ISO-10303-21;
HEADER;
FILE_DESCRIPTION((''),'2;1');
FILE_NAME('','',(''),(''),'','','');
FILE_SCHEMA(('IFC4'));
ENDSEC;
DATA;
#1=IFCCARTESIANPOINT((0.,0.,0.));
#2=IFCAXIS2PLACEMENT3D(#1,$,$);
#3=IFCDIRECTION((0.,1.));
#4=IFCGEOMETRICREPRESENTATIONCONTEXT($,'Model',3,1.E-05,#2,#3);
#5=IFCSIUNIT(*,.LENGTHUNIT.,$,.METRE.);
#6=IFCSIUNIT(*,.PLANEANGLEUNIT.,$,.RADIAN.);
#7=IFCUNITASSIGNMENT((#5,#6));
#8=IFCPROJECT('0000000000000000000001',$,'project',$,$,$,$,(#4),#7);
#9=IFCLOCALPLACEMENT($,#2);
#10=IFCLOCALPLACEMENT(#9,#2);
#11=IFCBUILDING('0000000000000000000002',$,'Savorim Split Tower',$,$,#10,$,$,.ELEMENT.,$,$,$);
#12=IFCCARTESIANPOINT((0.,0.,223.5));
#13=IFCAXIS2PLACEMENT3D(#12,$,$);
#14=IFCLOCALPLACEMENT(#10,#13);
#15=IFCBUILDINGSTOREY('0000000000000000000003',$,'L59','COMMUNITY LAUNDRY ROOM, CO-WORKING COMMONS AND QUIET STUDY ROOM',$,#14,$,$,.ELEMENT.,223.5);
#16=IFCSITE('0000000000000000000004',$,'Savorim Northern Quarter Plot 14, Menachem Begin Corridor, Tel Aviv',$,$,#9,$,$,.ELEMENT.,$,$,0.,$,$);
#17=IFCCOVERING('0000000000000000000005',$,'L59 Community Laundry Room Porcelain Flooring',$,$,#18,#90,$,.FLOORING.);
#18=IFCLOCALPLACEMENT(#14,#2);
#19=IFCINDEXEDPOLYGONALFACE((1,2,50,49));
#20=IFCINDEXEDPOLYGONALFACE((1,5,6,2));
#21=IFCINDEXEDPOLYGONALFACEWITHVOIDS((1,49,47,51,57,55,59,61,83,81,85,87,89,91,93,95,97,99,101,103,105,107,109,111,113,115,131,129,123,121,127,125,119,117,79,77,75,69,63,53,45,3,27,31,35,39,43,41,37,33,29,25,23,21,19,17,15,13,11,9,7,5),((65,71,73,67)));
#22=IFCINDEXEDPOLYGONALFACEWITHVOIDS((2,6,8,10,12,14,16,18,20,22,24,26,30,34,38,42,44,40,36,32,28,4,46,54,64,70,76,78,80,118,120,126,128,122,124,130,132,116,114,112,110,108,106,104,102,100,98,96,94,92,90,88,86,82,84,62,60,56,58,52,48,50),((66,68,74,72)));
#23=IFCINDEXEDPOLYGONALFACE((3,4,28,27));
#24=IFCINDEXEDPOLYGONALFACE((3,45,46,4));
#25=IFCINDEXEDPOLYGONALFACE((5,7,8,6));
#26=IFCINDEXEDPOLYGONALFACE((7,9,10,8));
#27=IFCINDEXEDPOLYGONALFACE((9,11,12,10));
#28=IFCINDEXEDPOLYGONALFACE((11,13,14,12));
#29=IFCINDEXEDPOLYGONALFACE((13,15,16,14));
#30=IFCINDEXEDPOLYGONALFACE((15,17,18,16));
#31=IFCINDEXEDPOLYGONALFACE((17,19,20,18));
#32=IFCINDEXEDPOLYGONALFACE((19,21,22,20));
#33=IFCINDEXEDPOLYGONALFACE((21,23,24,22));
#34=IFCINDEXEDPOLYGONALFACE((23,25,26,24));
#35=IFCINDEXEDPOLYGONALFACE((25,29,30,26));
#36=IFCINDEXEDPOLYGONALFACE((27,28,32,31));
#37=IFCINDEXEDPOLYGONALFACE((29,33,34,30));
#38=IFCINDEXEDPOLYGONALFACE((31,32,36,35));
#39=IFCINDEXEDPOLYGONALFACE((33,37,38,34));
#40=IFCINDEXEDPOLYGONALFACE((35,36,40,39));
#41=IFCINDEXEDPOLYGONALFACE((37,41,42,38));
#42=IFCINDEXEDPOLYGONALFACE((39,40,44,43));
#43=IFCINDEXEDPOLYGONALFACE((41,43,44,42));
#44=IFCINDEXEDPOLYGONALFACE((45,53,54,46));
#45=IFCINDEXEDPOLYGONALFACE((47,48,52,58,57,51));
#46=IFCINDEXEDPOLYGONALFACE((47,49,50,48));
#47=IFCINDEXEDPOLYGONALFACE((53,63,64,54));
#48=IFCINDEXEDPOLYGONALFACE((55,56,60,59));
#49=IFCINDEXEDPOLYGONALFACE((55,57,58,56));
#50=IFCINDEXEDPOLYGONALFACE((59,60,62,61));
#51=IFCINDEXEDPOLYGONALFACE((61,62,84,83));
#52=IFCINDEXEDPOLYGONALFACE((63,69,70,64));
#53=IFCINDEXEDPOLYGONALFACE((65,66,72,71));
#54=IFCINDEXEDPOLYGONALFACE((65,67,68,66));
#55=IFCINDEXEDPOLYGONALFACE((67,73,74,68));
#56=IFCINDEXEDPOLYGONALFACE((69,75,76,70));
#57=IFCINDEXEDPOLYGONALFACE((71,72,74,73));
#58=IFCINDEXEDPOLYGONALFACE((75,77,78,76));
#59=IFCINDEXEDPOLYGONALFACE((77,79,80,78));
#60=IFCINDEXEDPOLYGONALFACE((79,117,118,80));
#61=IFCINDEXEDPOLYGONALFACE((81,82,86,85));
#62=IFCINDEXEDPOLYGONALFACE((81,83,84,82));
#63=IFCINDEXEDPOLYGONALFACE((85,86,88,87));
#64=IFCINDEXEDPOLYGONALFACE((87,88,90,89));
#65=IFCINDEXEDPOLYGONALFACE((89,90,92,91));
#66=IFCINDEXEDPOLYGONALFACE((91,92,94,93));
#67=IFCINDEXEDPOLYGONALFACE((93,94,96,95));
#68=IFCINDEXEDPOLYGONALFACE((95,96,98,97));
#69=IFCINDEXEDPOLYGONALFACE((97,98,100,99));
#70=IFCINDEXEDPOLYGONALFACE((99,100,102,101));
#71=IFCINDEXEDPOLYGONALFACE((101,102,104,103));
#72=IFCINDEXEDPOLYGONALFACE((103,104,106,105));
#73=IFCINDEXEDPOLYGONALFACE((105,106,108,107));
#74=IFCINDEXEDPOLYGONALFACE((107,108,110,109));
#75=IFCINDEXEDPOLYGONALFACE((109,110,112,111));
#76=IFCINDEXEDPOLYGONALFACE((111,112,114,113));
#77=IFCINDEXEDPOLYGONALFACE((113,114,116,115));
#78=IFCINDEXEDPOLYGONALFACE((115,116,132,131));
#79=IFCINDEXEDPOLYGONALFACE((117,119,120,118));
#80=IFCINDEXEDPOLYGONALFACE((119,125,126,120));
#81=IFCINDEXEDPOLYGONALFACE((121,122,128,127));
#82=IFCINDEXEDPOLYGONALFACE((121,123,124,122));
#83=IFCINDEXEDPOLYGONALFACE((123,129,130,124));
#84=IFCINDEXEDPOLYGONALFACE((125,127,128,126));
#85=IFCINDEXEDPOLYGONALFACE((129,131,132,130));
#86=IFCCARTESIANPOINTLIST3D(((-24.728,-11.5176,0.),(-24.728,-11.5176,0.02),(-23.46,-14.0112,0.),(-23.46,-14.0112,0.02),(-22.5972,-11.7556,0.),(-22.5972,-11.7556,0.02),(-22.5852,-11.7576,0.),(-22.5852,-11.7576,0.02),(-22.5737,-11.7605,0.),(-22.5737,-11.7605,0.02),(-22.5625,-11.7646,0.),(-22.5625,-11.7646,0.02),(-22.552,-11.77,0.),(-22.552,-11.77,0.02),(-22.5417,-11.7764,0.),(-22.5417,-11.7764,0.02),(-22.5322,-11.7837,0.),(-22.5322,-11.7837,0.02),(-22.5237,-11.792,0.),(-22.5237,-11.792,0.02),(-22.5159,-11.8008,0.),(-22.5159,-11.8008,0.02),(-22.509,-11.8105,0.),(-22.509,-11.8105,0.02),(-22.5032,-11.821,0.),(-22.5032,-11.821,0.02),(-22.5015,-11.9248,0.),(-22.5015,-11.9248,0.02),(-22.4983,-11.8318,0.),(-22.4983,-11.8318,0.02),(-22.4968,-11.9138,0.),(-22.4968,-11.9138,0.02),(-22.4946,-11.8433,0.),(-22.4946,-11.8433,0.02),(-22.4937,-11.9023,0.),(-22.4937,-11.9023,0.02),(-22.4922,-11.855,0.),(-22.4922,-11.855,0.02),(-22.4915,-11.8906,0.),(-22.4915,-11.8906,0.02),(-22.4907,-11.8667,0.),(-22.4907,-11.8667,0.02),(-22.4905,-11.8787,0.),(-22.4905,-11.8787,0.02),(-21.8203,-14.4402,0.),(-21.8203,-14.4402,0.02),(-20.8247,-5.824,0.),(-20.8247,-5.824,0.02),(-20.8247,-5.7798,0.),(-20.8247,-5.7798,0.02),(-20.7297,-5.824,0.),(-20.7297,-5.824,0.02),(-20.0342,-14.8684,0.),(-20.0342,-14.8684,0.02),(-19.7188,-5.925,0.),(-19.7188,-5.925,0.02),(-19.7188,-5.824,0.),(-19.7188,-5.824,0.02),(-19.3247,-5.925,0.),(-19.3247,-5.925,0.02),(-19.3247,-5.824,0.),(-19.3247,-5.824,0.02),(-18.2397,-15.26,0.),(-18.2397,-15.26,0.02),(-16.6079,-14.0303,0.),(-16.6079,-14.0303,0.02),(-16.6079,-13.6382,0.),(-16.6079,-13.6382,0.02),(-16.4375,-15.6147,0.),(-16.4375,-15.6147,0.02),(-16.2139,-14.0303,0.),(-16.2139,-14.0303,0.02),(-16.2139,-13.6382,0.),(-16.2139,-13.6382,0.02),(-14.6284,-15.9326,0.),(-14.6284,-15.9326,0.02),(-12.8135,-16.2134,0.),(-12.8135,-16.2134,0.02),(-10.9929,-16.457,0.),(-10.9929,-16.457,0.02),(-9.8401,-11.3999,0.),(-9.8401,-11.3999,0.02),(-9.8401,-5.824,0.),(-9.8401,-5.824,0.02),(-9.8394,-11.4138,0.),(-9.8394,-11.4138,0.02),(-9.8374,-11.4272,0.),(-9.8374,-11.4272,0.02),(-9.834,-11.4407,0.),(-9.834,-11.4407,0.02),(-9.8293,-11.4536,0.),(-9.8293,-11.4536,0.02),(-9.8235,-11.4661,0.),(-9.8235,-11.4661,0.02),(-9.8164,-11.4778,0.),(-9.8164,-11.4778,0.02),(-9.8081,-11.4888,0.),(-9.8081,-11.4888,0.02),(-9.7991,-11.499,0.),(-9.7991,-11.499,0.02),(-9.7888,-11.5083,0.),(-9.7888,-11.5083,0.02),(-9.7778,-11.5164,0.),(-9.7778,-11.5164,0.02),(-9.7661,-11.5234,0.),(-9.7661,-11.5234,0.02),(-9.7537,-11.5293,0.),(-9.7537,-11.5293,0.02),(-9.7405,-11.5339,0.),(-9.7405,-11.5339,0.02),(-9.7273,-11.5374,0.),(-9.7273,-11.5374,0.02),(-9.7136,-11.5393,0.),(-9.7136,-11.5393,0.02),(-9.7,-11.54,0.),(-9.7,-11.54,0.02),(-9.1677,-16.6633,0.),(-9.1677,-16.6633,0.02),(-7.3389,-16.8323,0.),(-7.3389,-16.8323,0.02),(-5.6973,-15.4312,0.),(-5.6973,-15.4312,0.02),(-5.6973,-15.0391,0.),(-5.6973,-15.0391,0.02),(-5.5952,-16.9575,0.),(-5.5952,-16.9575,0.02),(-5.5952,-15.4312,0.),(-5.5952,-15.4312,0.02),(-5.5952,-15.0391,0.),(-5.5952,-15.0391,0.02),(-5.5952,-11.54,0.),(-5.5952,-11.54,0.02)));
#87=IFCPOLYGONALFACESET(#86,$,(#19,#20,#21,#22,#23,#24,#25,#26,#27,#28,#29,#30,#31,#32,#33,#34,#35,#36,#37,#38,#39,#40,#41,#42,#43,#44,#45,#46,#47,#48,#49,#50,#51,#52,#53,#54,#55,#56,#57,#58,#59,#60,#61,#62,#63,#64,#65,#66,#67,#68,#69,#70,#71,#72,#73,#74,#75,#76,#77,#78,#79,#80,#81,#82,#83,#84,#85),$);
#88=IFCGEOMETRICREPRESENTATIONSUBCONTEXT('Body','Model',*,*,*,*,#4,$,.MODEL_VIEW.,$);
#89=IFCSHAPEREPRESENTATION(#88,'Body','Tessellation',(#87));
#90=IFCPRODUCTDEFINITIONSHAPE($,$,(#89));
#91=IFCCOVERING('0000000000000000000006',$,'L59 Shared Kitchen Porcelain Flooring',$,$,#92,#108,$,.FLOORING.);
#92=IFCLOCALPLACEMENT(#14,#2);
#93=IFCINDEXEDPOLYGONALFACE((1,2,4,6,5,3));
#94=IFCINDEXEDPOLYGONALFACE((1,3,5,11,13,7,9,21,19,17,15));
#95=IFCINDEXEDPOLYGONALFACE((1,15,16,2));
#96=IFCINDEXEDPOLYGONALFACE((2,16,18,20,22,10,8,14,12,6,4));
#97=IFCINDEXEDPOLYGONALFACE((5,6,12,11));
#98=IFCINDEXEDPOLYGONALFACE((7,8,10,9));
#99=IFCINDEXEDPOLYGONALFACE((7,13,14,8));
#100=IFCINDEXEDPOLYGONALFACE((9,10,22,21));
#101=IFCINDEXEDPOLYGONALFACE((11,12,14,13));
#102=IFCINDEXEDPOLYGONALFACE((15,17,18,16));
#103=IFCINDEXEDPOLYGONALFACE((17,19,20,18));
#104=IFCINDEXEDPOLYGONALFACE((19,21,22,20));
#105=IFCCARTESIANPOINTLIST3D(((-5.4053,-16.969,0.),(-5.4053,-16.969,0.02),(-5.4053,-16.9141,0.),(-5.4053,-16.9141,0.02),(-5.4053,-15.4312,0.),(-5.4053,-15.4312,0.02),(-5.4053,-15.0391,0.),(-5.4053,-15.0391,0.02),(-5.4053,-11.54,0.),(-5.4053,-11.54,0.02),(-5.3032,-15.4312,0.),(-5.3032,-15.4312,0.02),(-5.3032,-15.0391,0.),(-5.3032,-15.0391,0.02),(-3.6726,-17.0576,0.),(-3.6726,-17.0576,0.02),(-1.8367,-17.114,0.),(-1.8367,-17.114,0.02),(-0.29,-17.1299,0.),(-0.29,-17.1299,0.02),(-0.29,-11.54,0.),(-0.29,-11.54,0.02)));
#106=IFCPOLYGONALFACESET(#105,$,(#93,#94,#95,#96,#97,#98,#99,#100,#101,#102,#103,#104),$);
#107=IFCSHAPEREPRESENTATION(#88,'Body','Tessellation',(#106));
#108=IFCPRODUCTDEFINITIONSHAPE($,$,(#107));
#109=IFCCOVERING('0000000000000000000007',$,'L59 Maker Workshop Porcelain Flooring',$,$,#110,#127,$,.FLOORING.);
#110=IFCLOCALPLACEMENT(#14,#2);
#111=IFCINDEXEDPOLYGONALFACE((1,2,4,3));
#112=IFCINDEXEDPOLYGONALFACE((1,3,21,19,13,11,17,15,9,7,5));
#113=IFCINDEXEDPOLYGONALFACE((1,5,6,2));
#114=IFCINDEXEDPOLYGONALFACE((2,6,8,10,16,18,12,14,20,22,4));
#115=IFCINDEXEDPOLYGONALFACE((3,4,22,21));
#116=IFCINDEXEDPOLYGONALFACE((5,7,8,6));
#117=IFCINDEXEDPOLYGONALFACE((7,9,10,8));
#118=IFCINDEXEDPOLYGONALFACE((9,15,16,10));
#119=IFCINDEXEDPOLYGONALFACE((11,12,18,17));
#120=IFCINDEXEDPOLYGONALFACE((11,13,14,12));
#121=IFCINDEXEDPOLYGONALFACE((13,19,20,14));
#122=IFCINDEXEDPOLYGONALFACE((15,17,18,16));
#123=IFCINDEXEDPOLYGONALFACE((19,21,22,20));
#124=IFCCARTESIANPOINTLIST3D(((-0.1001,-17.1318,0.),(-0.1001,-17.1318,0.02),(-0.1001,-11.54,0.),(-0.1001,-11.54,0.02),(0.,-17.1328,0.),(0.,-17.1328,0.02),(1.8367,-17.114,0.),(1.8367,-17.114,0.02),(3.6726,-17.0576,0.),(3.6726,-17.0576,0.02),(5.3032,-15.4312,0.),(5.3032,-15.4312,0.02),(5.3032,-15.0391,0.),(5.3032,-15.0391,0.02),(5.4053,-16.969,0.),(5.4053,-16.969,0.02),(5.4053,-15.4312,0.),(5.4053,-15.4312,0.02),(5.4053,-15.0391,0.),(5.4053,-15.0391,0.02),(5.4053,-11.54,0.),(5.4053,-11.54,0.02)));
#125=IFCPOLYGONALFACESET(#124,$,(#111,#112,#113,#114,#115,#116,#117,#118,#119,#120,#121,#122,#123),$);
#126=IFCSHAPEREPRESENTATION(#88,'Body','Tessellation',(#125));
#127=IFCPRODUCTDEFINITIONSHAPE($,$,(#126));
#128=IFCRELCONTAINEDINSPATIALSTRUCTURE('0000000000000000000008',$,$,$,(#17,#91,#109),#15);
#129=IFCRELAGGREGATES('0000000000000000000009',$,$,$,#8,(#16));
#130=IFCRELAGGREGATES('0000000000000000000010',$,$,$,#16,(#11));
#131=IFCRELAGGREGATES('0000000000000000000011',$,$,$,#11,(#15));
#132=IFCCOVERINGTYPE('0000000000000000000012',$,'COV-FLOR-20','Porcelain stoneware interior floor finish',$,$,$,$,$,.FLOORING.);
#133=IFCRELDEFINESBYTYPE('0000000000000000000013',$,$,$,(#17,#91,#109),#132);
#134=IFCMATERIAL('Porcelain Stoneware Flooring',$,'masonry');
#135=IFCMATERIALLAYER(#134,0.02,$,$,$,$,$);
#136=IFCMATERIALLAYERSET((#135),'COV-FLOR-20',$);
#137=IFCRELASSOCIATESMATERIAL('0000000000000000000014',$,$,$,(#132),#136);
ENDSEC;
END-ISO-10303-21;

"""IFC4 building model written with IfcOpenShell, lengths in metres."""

from ifc_helpers import new_model, si_unit, direction, frame, origin, place, context, subcontext, project, spatial, polyline, outline, extrude, material, layer, layer_set, type_object, element, save


model = new_model("IFC4")

# Units and contexts
model_context = context("Model", 3, precision=1e-05, world=origin(), true_north=direction((0.0, 1.0)))
body_context = subcontext(model_context, "Body", "Model", "MODEL_VIEW")
ifc_project = project(units=[si_unit("LENGTHUNIT", "METRE"), si_unit("PLANEANGLEUNIT", "RADIAN")], contexts=[model_context])

# Site, building, storey
site_placement = place(None, origin())
site = spatial("IfcSite", under=ifc_project, at=site_placement, Name="Savorim Northern Quarter Plot 14, Menachem Begin Corridor, Tel Aviv", CompositionType="ELEMENT", RefElevation=0.0)
building_placement = place(site_placement, origin())
building = spatial("IfcBuilding", under=site, at=building_placement, Name="Savorim Split Tower", CompositionType="ELEMENT")
storey_placement = place(building_placement, frame((0.0, 0.0, 223.5)))
storey = spatial("IfcBuildingStorey", under=building, at=storey_placement, Name="L59", Description="COMMUNITY LAUNDRY ROOM, CO-WORKING COMMONS AND QUIET STUDY ROOM", CompositionType="ELEMENT", Elevation=223.5)

# Coverings
ifc_material_1 = material(Name="Porcelain Stoneware Flooring", Category="masonry")
ifc_layer_1 = layer(ifc_material_1, 0.02)
ifc_layer_set_1 = layer_set([ifc_layer_1], Name="COV-FLOR-20")
covering_type_1 = type_object("IfcCoveringType", Name="COV-FLOR-20", Description="Porcelain stoneware interior floor finish", PredefinedType="FLOORING", material=ifc_layer_set_1)
covering_1_placement = place(storey_placement, origin())
element("IfcCovering", 1, at=covering_1_placement, inside=storey, type_object=covering_type_1, Name="L59 Community Laundry Room Porcelain Flooring", PredefinedType="FLOORING", context=body_context, shape_type="SweptSolid", body=[
    extrude(outline(polyline([(-22.4905, -11.8787), (-22.4915, -11.8906), (-22.4937, -11.9023), (-22.4968, -11.9138), (-22.5015, -11.9248), (-23.46, -14.0112), (-21.8203, -14.4402), (-20.0342, -14.8684), (-18.2397, -15.26), (-16.4375, -15.6147), (-14.6284, -15.9326), (-12.8135, -16.2134), (-10.9929, -16.457), (-9.1677, -16.6633), (-7.3389, -16.8323), (-5.5952, -16.9575), (-5.5952, -15.4312), (-5.6973, -15.4312), (-5.6973, -15.0391), (-5.5952, -15.0391), (-5.5952, -11.54), (-9.7, -11.54), (-9.7136, -11.5393), (-9.7273, -11.5374), (-9.7405, -11.5339), (-9.7537, -11.5293), (-9.7661, -11.5234), (-9.7778, -11.5164), (-9.7888, -11.5083), (-9.7991, -11.499), (-9.8081, -11.4888), (-9.8164, -11.4778), (-9.8235, -11.4661), (-9.8293, -11.4536), (-9.834, -11.4407), (-9.8374, -11.4272), (-9.8394, -11.4138), (-9.8401, -11.3999), (-9.8401, -5.824), (-19.3247, -5.824), (-19.3247, -5.925), (-19.7188, -5.925), (-19.7188, -5.824), (-20.7297, -5.824), (-20.8247, -5.824), (-20.8247, -5.7798), (-24.728, -11.5176), (-22.5972, -11.7556), (-22.5852, -11.7576), (-22.5737, -11.7605), (-22.5625, -11.7646), (-22.552, -11.77), (-22.5417, -11.7764), (-22.5322, -11.7837), (-22.5237, -11.792), (-22.5159, -11.8008), (-22.509, -11.8105), (-22.5032, -11.821), (-22.4983, -11.8318), (-22.4946, -11.8433), (-22.4922, -11.855), (-22.4907, -11.8667), (-22.4905, -11.8787)]), holes=[polyline([(-16.6079, -14.0303), (-16.2139, -14.0303), (-16.2139, -13.6382), (-16.6079, -13.6382), (-16.6079, -14.0303)])]), origin(), (0.0, 0.0, 1.0), 0.02),
])
covering_2_placement = place(storey_placement, origin())
element("IfcCovering", 2, at=covering_2_placement, inside=storey, type_object=covering_type_1, Name="L59 Shared Kitchen Porcelain Flooring", PredefinedType="FLOORING", context=body_context, shape_type="SweptSolid", body=[
    extrude(outline(polyline([(-5.4053, -16.969), (-3.6726, -17.0576), (-1.8367, -17.114), (-0.29, -17.1299), (-0.29, -11.54), (-5.4053, -11.54), (-5.4053, -15.0391), (-5.3032, -15.0391), (-5.3032, -15.4312), (-5.4053, -15.4312), (-5.4053, -16.9141), (-5.4053, -16.969)])), origin(), (0.0, 0.0, 1.0), 0.02),
])
covering_3_placement = place(storey_placement, origin())
element("IfcCovering", 3, at=covering_3_placement, inside=storey, type_object=covering_type_1, Name="L59 Maker Workshop Porcelain Flooring", PredefinedType="FLOORING", context=body_context, shape_type="SweptSolid", body=[
    extrude(outline(polyline([(-0.1001, -17.1318), (0.0, -17.1328), (1.8367, -17.114), (3.6726, -17.0576), (5.4053, -16.969), (5.4053, -15.4312), (5.3032, -15.4312), (5.3032, -15.0391), (5.4053, -15.0391), (5.4053, -11.54), (-0.1001, -11.54), (-0.1001, -17.1318)])), origin(), (0.0, 0.0, 1.0), 0.02),
])

save(model, "model.ifc")
